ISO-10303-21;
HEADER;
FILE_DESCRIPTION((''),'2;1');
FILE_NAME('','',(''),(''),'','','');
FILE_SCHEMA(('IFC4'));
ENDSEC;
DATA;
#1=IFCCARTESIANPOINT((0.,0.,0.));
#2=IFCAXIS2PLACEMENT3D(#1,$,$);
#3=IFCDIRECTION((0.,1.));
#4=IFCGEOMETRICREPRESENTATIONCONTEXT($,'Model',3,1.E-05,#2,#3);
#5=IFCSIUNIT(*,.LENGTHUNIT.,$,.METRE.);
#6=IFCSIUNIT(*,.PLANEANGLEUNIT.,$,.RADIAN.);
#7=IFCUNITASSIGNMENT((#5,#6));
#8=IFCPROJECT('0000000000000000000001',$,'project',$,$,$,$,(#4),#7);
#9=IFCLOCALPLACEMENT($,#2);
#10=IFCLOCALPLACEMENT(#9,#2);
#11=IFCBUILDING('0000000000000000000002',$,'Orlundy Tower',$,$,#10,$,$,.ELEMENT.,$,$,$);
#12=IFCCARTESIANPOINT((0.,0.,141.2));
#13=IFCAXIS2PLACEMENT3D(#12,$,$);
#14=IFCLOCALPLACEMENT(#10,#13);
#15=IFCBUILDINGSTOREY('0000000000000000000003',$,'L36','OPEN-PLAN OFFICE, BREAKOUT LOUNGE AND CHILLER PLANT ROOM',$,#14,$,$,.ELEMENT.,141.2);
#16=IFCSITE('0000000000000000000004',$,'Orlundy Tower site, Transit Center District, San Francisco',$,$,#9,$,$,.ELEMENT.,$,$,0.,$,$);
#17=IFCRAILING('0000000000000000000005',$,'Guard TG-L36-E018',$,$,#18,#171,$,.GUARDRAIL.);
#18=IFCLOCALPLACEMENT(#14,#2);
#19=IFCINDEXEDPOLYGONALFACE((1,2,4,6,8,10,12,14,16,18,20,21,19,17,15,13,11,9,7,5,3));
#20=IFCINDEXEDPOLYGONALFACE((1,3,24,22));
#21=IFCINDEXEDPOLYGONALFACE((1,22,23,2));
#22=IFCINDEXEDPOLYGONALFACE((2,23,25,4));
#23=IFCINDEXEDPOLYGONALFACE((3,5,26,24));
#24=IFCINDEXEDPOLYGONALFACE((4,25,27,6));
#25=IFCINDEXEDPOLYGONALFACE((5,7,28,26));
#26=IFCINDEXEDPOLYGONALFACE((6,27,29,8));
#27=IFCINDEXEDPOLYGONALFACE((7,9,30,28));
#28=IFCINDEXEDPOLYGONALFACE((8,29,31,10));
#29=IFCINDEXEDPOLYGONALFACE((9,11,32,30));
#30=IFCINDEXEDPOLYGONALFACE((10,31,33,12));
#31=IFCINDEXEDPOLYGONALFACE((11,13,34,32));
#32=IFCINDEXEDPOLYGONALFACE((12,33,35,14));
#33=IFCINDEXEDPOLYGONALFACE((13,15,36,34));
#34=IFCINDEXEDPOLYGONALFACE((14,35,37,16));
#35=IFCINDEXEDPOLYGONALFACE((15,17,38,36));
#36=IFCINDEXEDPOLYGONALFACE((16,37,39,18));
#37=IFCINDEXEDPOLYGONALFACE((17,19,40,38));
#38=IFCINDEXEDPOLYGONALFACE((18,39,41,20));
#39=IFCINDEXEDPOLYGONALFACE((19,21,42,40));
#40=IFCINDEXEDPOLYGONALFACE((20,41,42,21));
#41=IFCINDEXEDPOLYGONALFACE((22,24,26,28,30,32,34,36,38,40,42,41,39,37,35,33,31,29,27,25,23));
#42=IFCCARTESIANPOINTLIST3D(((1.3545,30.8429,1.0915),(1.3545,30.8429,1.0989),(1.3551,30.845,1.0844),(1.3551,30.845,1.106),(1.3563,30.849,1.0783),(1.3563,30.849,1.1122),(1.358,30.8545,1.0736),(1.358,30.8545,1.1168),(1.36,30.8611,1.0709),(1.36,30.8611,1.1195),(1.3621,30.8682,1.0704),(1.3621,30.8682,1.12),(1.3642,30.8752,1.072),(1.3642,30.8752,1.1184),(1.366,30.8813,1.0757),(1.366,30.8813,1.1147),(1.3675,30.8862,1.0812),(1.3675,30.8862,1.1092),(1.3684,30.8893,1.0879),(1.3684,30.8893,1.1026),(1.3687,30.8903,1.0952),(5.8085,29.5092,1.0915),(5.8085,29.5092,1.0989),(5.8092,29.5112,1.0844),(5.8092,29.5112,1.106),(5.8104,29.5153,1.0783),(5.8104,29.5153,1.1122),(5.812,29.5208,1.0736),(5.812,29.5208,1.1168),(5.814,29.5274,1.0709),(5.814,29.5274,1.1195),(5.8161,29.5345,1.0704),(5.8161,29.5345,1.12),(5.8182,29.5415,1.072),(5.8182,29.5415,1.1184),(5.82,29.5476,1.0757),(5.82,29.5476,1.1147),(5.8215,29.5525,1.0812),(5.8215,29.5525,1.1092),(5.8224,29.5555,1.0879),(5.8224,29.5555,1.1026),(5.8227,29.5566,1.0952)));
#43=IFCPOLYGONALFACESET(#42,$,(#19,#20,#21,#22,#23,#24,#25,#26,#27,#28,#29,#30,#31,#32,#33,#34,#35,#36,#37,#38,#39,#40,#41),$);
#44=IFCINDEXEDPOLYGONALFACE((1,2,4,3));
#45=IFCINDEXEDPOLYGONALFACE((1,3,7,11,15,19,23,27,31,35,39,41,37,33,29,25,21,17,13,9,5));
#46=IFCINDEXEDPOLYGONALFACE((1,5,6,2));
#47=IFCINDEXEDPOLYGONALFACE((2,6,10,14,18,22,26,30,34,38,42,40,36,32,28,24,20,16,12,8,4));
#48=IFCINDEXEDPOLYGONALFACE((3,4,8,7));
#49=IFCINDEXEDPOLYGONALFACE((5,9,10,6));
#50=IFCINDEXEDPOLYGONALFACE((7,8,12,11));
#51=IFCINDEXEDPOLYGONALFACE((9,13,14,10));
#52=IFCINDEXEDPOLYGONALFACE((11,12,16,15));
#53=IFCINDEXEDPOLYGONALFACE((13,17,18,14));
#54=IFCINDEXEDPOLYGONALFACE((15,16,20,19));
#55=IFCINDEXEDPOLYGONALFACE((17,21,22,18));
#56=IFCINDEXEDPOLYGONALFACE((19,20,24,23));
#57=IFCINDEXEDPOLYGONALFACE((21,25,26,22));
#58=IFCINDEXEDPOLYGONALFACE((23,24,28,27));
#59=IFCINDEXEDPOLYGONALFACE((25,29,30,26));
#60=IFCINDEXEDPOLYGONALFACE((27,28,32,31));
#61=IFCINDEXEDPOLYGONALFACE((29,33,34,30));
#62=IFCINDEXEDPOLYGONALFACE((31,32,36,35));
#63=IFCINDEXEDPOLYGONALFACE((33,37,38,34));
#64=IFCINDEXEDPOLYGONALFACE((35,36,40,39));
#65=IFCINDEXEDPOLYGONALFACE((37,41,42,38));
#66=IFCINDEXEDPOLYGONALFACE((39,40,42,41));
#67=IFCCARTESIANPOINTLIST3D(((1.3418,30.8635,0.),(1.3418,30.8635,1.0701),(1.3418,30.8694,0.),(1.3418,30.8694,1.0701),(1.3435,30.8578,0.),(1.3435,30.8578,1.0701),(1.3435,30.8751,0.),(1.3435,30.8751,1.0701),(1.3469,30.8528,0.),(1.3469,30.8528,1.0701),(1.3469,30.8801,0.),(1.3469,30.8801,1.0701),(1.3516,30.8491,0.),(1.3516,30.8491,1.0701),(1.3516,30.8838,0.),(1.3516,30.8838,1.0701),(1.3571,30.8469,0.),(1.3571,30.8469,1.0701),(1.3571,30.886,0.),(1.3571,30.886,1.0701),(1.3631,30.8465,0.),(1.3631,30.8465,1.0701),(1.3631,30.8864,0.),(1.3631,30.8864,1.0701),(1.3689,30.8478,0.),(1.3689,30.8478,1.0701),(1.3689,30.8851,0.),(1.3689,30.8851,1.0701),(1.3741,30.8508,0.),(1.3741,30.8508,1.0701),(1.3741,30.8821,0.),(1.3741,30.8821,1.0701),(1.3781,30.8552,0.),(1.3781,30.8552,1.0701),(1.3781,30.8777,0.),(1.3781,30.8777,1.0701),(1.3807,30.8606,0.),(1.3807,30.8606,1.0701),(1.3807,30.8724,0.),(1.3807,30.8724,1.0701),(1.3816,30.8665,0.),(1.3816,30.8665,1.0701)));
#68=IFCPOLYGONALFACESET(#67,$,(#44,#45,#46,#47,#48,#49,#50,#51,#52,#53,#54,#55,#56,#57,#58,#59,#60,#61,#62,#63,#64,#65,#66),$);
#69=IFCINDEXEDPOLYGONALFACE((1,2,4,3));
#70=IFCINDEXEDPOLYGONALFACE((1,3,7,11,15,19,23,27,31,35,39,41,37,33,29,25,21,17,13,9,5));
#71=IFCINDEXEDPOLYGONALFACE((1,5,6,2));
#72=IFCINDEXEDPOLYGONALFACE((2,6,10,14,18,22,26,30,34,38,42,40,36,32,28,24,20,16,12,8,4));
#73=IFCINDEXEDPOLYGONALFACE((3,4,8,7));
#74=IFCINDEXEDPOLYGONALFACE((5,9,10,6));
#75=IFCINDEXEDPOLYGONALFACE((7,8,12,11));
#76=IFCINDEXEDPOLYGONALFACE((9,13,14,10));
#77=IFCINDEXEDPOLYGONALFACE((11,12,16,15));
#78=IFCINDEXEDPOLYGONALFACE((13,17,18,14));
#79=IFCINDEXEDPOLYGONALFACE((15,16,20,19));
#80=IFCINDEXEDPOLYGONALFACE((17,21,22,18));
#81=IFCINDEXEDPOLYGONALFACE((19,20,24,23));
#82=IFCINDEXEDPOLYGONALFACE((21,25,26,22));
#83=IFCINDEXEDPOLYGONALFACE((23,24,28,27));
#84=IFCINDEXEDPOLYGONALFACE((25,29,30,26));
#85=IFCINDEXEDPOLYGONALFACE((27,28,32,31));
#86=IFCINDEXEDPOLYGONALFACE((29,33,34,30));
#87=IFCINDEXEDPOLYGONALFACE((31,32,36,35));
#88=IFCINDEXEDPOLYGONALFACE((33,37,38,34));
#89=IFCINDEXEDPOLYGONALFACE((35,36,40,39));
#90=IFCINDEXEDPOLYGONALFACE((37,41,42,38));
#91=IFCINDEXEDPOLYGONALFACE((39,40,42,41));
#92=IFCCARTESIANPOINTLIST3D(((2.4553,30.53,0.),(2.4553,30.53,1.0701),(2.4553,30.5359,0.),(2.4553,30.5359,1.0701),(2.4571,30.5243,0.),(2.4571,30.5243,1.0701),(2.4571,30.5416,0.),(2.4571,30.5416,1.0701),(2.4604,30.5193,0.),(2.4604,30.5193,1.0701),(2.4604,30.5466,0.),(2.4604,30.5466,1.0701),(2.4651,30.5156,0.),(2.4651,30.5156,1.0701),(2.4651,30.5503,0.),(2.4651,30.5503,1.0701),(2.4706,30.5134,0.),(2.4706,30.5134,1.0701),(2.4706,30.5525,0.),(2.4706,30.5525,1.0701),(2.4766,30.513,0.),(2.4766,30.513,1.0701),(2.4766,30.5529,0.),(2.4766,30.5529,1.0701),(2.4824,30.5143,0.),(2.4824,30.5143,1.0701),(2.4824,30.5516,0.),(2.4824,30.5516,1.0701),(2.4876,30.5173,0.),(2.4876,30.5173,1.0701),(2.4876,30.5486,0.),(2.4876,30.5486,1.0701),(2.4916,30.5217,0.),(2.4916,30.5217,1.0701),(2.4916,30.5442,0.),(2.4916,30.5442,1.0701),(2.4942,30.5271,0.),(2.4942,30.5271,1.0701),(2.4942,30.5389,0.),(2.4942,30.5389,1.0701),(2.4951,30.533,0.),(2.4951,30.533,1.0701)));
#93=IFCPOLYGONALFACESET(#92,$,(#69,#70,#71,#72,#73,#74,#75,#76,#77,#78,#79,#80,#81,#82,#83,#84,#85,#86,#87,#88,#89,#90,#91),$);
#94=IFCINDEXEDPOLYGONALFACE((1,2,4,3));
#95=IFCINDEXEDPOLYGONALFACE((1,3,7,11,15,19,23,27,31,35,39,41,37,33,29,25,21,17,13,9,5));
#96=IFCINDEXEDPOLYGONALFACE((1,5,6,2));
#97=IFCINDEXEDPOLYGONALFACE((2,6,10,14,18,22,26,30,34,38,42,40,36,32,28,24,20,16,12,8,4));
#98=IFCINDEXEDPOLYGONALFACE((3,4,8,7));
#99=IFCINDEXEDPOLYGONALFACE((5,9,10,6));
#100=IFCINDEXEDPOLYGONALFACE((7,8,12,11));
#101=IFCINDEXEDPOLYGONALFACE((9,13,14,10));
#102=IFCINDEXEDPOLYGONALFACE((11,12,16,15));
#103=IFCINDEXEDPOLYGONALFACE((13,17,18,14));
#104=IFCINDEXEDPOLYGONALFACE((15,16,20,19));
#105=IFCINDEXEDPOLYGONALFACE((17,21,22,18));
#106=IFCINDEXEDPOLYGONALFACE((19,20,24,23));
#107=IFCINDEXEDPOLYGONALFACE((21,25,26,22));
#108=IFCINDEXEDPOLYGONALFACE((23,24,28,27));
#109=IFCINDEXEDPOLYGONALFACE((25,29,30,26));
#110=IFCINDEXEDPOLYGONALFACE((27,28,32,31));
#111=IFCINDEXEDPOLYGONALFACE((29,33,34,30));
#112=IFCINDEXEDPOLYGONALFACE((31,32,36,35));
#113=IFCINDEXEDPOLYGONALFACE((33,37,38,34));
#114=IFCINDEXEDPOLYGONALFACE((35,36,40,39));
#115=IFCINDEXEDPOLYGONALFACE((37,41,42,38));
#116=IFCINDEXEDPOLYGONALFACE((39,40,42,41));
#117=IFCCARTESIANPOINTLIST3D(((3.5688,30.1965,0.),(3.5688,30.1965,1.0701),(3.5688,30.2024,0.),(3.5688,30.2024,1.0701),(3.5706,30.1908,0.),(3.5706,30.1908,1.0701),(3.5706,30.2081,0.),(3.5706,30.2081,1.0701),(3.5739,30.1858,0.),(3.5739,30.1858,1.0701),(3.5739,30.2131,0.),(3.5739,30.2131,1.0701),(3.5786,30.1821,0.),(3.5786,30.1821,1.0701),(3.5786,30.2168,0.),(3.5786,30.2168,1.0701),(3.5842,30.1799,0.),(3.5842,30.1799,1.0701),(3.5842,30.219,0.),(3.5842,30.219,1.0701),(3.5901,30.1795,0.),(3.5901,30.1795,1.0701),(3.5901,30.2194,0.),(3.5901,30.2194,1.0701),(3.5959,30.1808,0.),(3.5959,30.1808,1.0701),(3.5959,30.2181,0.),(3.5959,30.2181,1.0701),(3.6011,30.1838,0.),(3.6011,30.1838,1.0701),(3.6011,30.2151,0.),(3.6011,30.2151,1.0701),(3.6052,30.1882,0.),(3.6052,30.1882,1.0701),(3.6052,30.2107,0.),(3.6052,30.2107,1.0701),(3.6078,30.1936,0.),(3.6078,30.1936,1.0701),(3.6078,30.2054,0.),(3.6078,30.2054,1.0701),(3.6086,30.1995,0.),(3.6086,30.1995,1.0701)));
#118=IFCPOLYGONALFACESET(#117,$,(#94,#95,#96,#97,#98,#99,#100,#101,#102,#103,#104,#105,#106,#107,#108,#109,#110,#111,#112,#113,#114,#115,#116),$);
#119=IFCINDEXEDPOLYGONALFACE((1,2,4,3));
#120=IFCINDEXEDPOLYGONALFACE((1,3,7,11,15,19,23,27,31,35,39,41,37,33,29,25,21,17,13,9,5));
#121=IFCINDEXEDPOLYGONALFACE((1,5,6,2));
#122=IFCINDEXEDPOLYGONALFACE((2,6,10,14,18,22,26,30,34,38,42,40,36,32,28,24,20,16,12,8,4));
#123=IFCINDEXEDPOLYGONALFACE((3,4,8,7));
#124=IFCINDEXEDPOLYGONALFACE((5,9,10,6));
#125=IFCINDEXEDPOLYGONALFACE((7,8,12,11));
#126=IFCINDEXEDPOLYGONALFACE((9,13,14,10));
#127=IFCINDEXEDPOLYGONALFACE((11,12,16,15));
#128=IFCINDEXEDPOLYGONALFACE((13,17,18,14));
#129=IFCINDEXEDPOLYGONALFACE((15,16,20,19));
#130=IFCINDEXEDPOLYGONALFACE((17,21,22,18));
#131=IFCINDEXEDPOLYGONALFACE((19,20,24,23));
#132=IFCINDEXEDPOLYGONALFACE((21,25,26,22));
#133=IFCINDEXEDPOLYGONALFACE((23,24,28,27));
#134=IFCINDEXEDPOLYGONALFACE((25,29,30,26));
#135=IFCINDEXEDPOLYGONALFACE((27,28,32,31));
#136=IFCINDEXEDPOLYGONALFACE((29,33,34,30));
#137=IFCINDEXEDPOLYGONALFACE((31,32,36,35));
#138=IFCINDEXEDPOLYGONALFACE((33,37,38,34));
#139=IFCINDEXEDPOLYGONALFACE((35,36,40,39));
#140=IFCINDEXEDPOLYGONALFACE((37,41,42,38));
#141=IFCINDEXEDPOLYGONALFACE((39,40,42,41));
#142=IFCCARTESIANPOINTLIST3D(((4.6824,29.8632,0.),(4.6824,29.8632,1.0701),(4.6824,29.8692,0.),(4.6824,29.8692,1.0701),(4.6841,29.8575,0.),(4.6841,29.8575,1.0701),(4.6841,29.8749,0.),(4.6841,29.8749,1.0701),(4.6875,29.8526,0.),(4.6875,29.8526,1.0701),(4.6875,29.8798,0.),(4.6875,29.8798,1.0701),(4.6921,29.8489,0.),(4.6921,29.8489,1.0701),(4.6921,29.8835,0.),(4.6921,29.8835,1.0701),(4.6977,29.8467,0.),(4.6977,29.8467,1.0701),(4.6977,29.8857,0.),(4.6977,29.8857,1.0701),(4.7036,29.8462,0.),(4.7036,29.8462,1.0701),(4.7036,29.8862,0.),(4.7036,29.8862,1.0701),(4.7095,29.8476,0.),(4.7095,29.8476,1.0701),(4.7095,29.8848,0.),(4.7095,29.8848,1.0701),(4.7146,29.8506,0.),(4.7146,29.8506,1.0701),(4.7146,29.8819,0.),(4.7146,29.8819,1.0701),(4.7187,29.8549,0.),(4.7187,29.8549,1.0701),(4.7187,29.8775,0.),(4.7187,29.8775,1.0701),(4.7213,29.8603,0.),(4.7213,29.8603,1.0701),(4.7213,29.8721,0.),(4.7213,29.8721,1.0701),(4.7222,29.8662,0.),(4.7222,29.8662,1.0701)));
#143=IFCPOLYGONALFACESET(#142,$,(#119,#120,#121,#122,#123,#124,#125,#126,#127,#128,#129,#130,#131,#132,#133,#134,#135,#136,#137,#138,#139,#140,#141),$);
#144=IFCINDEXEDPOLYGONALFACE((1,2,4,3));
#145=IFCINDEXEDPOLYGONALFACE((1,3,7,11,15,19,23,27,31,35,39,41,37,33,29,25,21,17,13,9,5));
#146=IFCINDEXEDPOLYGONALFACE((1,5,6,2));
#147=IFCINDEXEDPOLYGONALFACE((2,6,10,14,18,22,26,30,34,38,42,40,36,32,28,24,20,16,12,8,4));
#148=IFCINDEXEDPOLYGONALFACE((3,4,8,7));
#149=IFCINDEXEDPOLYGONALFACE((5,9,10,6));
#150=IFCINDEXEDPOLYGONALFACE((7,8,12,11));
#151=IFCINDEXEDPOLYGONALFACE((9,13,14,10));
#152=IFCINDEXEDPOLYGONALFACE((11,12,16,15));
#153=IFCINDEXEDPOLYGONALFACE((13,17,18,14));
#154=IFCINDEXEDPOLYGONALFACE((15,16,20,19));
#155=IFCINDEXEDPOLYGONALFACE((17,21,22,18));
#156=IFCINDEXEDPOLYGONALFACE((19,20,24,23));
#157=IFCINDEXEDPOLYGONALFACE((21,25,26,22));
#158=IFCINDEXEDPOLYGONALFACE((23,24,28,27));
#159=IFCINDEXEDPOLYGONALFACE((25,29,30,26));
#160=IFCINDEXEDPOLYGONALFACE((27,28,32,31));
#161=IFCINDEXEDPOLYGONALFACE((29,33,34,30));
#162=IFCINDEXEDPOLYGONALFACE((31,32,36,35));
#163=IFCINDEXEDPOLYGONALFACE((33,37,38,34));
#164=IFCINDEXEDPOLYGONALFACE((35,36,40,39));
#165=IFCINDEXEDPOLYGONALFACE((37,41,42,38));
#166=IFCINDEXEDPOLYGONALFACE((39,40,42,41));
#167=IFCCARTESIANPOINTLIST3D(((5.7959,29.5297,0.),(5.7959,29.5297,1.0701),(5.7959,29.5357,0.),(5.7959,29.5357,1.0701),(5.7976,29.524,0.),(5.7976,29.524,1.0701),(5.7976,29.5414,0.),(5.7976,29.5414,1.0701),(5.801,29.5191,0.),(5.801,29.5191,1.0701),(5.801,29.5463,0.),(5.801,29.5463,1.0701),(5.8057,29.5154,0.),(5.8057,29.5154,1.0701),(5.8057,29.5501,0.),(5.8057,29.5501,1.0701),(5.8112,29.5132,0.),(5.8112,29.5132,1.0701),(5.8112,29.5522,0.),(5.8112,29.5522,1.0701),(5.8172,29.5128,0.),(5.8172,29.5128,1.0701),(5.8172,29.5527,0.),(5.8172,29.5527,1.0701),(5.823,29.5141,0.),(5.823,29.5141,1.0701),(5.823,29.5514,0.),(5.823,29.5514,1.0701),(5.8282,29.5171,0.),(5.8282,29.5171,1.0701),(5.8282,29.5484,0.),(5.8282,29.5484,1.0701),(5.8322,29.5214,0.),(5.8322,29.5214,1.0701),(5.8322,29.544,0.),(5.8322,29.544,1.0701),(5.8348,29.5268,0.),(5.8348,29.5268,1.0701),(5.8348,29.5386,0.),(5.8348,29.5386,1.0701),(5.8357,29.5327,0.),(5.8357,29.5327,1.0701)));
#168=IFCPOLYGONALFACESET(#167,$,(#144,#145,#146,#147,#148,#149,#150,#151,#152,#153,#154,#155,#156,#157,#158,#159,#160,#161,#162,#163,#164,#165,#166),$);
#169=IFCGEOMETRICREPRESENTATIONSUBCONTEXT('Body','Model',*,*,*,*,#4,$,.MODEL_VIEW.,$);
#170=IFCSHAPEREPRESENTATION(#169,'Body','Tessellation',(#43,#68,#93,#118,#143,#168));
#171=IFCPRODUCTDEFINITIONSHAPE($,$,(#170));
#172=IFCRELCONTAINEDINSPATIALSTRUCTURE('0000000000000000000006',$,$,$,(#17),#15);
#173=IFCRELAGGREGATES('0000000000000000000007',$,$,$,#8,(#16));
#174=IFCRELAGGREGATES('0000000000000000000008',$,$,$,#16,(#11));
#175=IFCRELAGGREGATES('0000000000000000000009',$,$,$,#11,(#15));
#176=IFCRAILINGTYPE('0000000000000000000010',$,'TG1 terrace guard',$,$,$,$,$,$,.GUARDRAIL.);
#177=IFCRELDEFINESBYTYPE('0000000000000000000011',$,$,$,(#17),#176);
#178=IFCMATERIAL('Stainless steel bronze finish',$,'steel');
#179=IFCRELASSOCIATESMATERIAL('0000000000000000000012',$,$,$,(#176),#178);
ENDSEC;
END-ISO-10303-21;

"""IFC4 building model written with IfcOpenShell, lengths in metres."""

from ifc_helpers import new_model, si_unit, direction, frame, origin, origin_2d, place, context, subcontext, project, spatial, circle, extrude, material, type_object, element, save


model = new_model("IFC4")

# Units and contexts
model_context = context("Model", 3, precision=1e-05, world=origin(), true_north=direction((0.0, 1.0)))
body_context = subcontext(model_context, "Body", "Model", "MODEL_VIEW")
ifc_project = project(units=[si_unit("LENGTHUNIT", "METRE"), si_unit("PLANEANGLEUNIT", "RADIAN")], contexts=[model_context])

# Site, building, storey
site_placement = place(None, origin())
site = spatial("IfcSite", under=ifc_project, at=site_placement, Name="Orlundy Tower site, Transit Center District, San Francisco", CompositionType="ELEMENT", RefElevation=0.0)
building_placement = place(site_placement, origin())
building = spatial("IfcBuilding", under=site, at=building_placement, Name="Orlundy Tower", CompositionType="ELEMENT")
storey_placement = place(building_placement, frame((0.0, 0.0, 141.2)))
storey = spatial("IfcBuildingStorey", under=building, at=storey_placement, Name="L36", Description="OPEN-PLAN OFFICE, BREAKOUT LOUNGE AND CHILLER PLANT ROOM", CompositionType="ELEMENT", Elevation=141.2)

# Railing
ifc_material_1 = material(Name="Stainless steel bronze finish", Category="steel")
railing_type_1 = type_object("IfcRailingType", Name="TG1 terrace guard", PredefinedType="GUARDRAIL", material=ifc_material_1)
railing_1_placement = place(storey_placement, frame((1.3616, 30.8665, 0.0)))
element("IfcRailing", 1, at=railing_1_placement, inside=storey, type_object=railing_type_1, Name="Guard TG-L36-E018", PredefinedType="GUARDRAIL", context=body_context, shape_type="SweptSolid", body=[
    extrude(circle(Radius=0.0249, at=origin_2d()), frame((0.0, 0.0, 1.0952), z_axis=(0.957974, -0.286856, 0.0), x_axis=(0.286856, 0.957974, 0.0)), (0.0, 0.0, 1.0), 4.6494),
    extrude(circle(Radius=0.02, at=origin_2d()), origin(), (0.0, 0.0, 1.0), 1.0701),
    extrude(circle(Radius=0.02, at=origin_2d()), frame((1.1135, -0.3335, 0.0)), (0.0, 0.0, 1.0), 1.0701),
    extrude(circle(Radius=0.02, at=origin_2d()), frame((2.2271, -0.667, 0.0)), (0.0, 0.0, 1.0), 1.0701),
    extrude(circle(Radius=0.02, at=origin_2d()), frame((3.3406, -1.0002, 0.0)), (0.0, 0.0, 1.0), 1.0701),
    extrude(circle(Radius=0.02, at=origin_2d()), frame((4.4541, -1.3337, 0.0)), (0.0, 0.0, 1.0), 1.0701),
])

save(model, "model.ifc")
